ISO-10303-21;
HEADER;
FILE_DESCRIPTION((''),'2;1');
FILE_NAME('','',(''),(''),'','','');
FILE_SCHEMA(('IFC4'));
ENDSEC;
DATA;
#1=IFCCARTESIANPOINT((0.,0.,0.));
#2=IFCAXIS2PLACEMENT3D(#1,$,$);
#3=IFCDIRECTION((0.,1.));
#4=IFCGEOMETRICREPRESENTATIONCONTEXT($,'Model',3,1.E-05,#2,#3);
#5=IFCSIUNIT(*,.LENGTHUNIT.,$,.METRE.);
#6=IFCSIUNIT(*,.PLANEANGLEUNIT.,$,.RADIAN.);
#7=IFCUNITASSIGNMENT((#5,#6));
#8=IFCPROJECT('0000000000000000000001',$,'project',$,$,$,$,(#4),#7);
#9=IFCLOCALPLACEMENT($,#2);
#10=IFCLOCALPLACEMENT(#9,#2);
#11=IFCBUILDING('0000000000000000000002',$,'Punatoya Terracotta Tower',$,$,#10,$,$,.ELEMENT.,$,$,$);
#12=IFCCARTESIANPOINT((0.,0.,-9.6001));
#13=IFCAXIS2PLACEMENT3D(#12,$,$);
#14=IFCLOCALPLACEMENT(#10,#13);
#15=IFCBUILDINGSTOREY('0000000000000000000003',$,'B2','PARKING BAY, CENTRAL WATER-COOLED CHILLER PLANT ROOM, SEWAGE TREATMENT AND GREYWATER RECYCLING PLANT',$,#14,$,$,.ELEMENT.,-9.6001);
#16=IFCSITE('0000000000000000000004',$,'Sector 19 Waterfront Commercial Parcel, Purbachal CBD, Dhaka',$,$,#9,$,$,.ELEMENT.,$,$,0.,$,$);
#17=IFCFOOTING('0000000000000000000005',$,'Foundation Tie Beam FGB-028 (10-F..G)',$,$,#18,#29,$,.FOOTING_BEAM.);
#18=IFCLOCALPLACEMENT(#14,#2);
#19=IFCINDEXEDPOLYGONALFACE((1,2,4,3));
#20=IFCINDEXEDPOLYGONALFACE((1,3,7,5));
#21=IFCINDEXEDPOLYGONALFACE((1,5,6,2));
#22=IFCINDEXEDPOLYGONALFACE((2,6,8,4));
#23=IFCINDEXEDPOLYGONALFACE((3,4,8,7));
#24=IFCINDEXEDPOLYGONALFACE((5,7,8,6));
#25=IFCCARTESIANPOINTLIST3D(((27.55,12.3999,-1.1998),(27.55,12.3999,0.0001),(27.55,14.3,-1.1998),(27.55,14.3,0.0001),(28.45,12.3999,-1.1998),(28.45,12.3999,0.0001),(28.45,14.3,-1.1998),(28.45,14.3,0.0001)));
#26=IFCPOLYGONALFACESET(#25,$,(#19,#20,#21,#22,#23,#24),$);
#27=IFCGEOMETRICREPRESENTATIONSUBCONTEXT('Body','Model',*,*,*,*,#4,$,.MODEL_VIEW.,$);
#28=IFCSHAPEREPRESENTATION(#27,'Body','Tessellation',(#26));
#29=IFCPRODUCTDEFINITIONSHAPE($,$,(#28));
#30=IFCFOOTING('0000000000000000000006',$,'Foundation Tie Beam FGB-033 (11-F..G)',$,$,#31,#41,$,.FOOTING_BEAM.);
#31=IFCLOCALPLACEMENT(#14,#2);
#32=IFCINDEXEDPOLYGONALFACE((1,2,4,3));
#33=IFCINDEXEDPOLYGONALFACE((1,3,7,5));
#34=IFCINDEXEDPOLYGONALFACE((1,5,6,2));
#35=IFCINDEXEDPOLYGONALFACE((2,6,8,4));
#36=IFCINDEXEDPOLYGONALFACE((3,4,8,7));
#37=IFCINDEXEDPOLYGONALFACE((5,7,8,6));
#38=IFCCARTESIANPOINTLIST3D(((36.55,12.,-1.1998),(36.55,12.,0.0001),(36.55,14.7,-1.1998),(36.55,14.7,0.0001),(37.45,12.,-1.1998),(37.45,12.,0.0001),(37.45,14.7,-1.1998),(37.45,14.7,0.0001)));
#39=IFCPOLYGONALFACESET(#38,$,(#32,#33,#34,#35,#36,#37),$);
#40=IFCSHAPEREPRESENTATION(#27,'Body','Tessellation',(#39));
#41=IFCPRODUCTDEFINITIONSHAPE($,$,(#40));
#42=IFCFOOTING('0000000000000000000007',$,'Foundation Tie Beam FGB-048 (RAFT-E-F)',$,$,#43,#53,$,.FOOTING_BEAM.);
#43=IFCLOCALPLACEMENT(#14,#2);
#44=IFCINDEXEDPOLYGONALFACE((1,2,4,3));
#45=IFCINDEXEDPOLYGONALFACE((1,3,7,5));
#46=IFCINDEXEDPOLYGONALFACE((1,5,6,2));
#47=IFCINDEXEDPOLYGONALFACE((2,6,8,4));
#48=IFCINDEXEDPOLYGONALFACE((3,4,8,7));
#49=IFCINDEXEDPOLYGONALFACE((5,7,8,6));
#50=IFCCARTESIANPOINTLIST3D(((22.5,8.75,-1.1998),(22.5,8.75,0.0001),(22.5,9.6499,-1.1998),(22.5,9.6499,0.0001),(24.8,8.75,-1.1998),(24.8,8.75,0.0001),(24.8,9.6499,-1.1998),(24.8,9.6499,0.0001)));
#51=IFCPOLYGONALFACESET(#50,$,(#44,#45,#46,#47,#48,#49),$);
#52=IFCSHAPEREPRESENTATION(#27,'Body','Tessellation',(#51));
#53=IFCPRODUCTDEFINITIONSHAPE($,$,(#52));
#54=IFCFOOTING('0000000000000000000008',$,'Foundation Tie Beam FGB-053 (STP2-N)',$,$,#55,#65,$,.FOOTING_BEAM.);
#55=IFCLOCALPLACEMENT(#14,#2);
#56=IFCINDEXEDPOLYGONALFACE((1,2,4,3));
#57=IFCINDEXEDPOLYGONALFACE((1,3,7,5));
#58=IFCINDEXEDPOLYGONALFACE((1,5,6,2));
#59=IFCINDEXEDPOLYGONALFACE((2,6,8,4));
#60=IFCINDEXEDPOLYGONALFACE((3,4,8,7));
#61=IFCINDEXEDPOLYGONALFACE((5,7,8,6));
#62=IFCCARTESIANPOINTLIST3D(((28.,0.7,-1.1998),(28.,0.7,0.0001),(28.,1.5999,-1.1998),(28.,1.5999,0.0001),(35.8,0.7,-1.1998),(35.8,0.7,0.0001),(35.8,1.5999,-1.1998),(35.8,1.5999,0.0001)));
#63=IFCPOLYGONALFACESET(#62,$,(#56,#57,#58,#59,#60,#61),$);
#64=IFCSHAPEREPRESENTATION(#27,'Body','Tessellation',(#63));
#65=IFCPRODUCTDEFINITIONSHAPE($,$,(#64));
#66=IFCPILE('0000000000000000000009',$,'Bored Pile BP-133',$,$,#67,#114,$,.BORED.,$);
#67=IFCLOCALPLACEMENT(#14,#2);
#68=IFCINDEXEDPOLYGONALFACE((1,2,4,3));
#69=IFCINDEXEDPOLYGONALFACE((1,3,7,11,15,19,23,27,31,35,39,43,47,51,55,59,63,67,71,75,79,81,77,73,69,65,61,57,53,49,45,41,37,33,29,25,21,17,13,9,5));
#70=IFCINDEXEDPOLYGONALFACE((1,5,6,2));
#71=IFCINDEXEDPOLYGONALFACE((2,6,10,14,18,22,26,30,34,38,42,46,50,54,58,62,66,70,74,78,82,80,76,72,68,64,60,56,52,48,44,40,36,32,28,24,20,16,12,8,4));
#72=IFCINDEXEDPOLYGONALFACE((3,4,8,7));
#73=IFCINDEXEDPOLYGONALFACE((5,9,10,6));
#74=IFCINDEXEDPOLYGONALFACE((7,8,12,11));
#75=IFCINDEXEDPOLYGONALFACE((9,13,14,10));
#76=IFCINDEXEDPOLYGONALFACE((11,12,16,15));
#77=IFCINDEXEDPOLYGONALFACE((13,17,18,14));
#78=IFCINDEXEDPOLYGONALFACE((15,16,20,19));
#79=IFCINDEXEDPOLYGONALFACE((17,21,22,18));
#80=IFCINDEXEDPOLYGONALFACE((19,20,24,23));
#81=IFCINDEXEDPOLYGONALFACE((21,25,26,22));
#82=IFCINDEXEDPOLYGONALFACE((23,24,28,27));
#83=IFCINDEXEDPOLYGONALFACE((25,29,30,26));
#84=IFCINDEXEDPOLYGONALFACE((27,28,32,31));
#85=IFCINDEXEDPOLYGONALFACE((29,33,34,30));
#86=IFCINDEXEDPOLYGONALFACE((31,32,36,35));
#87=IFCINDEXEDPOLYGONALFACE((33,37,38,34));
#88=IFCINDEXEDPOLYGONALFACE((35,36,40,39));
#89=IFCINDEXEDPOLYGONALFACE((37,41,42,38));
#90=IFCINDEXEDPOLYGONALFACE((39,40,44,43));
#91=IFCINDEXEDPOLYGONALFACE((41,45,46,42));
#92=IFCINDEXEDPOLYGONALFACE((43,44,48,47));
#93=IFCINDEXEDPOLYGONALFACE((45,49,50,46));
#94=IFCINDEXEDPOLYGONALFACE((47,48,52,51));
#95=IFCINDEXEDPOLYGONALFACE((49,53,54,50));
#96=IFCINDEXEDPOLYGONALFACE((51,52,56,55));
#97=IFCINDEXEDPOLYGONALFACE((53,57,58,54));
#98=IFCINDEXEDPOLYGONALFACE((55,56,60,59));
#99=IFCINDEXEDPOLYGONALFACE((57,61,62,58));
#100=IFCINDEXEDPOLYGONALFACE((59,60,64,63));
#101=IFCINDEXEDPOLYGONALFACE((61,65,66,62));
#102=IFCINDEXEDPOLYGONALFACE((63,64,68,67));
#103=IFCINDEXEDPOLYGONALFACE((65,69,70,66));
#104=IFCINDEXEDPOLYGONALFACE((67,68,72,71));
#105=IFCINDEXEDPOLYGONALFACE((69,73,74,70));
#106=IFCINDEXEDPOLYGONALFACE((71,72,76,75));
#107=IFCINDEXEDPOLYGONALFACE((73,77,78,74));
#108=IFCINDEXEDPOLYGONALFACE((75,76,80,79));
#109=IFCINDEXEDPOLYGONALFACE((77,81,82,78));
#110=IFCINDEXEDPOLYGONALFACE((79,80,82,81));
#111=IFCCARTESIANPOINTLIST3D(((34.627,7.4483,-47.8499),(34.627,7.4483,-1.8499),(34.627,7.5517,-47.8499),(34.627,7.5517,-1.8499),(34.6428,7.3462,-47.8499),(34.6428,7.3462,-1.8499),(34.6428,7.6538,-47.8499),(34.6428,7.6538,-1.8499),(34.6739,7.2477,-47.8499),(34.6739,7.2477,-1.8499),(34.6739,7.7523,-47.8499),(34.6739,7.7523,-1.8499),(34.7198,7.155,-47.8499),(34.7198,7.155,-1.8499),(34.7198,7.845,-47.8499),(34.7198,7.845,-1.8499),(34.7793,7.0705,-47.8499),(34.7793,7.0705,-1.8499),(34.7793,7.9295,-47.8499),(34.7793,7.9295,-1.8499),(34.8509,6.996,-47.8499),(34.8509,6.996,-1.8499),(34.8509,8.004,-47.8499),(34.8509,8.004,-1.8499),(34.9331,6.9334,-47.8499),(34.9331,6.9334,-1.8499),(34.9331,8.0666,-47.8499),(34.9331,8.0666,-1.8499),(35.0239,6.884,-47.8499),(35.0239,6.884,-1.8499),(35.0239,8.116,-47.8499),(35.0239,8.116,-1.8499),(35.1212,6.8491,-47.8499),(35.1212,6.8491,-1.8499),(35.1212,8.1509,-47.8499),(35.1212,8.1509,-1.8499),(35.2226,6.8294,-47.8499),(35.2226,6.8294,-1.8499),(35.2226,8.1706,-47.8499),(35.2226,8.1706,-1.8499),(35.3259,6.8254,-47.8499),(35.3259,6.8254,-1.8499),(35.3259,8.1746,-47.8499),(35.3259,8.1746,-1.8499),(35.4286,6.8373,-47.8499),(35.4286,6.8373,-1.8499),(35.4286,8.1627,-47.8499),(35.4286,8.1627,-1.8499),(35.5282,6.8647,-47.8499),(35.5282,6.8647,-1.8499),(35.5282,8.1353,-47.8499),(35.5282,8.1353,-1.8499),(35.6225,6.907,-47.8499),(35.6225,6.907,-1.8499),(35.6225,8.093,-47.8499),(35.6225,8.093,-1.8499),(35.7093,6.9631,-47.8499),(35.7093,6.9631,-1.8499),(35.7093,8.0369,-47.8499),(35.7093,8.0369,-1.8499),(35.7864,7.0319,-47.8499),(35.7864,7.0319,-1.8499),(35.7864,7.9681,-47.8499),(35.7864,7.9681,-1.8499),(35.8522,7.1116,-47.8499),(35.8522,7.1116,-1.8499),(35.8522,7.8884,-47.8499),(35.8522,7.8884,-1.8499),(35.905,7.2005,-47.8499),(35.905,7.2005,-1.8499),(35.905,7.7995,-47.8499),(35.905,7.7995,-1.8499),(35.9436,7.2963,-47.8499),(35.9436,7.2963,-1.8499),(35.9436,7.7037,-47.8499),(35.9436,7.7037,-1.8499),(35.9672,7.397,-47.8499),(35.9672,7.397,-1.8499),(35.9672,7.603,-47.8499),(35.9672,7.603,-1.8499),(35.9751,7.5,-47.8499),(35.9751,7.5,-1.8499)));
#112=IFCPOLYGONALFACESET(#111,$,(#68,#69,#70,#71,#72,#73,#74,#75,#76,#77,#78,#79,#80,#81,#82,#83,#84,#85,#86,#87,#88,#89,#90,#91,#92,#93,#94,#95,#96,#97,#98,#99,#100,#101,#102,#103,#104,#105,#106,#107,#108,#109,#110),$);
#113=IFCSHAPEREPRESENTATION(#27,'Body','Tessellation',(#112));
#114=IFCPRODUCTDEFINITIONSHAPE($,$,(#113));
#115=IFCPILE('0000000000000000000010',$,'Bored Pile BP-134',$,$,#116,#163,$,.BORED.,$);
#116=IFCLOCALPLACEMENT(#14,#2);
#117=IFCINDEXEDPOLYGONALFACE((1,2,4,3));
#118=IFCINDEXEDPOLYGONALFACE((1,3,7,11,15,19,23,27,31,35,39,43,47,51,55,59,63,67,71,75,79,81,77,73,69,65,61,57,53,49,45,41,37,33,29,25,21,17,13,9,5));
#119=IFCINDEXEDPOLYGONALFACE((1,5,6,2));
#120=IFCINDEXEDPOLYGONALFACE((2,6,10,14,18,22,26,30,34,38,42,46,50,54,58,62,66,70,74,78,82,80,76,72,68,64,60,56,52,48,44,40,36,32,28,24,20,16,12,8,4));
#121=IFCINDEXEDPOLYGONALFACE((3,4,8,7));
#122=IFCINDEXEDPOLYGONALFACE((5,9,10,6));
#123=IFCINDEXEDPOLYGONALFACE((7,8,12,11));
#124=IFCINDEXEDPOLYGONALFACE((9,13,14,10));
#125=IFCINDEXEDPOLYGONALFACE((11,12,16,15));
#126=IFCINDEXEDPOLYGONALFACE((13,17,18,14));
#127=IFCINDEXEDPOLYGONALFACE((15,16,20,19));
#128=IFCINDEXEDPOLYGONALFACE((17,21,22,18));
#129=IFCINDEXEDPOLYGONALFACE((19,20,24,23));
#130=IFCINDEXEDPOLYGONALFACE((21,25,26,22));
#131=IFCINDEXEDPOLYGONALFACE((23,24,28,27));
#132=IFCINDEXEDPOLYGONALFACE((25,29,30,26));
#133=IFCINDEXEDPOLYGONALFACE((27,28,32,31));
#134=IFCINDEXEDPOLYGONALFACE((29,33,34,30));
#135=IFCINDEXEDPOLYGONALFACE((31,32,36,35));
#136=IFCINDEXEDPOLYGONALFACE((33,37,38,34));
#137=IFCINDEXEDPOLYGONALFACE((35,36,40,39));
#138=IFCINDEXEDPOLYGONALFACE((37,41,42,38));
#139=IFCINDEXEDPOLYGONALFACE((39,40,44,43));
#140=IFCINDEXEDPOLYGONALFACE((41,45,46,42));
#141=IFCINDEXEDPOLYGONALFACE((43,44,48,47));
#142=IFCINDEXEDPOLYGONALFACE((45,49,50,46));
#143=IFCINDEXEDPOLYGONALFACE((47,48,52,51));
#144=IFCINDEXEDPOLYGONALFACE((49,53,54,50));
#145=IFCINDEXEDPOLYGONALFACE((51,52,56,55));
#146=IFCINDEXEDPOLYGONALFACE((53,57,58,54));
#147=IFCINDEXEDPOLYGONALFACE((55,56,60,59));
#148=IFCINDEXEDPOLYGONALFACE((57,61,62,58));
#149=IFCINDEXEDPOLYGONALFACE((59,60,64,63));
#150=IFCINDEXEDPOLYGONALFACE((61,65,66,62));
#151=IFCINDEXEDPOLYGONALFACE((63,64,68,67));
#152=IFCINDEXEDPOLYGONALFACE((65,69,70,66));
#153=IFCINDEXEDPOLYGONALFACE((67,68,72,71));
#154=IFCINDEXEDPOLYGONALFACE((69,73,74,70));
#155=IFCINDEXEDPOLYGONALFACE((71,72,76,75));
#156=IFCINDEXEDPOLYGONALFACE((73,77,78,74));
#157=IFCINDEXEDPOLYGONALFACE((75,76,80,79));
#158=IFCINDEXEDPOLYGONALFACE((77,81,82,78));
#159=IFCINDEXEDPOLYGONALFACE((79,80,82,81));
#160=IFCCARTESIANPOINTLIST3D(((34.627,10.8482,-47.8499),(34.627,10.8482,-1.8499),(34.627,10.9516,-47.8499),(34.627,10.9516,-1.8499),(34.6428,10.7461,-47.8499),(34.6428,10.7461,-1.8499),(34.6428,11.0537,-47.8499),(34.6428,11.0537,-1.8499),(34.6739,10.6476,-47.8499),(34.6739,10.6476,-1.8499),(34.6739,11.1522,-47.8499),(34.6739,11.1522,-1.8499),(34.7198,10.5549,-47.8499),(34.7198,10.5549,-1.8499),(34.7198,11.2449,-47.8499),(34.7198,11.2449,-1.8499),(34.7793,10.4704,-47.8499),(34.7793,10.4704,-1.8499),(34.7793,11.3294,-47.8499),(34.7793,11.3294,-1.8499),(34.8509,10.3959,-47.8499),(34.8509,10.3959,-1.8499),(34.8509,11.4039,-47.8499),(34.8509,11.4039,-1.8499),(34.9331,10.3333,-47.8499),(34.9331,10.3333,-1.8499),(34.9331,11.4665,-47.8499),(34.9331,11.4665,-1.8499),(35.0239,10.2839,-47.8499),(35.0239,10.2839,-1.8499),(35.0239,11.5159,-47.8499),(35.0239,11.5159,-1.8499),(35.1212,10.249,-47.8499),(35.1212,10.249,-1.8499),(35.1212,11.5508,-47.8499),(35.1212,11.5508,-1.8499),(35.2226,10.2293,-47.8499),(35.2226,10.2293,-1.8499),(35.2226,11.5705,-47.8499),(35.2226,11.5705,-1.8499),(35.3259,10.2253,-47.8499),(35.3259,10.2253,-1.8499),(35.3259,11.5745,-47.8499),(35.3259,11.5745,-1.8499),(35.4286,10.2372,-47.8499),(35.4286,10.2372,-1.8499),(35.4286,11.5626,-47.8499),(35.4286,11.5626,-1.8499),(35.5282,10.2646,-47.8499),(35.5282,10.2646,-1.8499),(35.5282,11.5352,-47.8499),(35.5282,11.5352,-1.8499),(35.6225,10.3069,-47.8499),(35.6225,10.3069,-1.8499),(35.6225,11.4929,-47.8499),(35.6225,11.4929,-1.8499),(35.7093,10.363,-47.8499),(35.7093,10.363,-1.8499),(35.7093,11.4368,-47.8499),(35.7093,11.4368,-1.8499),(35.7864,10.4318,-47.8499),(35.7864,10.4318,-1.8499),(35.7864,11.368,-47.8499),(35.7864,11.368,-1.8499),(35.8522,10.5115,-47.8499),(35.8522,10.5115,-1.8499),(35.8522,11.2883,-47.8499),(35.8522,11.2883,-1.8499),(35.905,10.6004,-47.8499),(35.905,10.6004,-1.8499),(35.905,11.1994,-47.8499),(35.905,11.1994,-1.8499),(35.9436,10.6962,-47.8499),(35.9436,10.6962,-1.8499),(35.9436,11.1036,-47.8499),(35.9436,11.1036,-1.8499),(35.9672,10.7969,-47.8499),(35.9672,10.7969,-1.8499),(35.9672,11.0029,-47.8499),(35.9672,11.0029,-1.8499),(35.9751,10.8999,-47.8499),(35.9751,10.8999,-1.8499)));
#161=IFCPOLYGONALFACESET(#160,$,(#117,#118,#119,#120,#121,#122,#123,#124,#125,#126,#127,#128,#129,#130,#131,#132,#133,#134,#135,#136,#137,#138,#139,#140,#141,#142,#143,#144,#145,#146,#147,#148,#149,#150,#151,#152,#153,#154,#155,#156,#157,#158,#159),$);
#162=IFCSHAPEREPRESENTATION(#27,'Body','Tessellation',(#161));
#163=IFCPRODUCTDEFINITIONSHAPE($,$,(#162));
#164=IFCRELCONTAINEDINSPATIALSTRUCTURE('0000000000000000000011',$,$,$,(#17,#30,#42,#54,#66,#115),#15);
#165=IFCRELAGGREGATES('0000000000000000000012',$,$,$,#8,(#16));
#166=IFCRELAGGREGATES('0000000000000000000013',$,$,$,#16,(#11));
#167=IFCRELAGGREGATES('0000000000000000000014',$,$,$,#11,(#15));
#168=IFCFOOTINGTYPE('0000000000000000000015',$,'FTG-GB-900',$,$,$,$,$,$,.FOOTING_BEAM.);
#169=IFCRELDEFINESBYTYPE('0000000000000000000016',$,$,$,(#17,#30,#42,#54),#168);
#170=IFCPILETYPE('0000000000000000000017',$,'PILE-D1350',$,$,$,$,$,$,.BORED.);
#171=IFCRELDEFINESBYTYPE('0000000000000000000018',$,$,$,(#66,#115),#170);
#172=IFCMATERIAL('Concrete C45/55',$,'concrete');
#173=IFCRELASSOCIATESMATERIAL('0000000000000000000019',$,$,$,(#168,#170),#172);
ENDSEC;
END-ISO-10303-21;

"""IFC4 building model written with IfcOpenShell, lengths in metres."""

from ifc_helpers import new_model, si_unit, direction, frame, origin, origin_2d, place, context, subcontext, project, spatial, rectangle, circle, extrude, material, material_profile, profile_set, type_object, element, save


model = new_model("IFC4")

# Units and contexts
model_context = context("Model", 3, precision=1e-05, world=origin(), true_north=direction((0.0, 1.0)))
body_context = subcontext(model_context, "Body", "Model", "MODEL_VIEW")
ifc_project = project(units=[si_unit("LENGTHUNIT", "METRE"), si_unit("PLANEANGLEUNIT", "RADIAN")], contexts=[model_context])

# Site, building, storey
site_placement = place(None, origin())
site = spatial("IfcSite", under=ifc_project, at=site_placement, Name="Sector 19 Waterfront Commercial Parcel, Purbachal CBD, Dhaka", CompositionType="ELEMENT", RefElevation=0.0)
building_placement = place(site_placement, origin())
building = spatial("IfcBuilding", under=site, at=building_placement, Name="Punatoya Terracotta Tower", CompositionType="ELEMENT")
storey_placement = place(building_placement, frame((0.0, 0.0, -9.6001)))
storey = spatial("IfcBuildingStorey", under=building, at=storey_placement, Name="B2", Description="PARKING BAY, CENTRAL WATER-COOLED CHILLER PLANT ROOM, SEWAGE TREATMENT AND GREYWATER RECYCLING PLANT", CompositionType="ELEMENT", Elevation=-9.6001)

# Footings
ifc_material_1 = material(Name="Concrete C45/55", Category="concrete")
ifc_material_profile_1 = material_profile(ifc_material_1, rectangle(XDim=0.8999, YDim=1.2, at=origin_2d()))
ifc_profile_set_1 = profile_set([ifc_material_profile_1], Name="Concrete C45/55")
footing_type = type_object("IfcFootingType", Name="FTG-GB-900", PredefinedType="FOOTING_BEAM", material=ifc_profile_set_1)
footing_1_placement = place(storey_placement, frame((28.0, 12.3999, -0.5999), z_axis=(0.0, 1.0, 0.0), x_axis=(-1.0, 0.0, 0.0)))
element("IfcFooting", 1, at=footing_1_placement, inside=storey, type_object=footing_type, Name="Foundation Tie Beam FGB-028 (10-F..G)", PredefinedType="FOOTING_BEAM", context=body_context, shape_type="SweptSolid", body=[
    extrude(rectangle(XDim=0.8999, YDim=1.2, at=origin_2d()), origin(), (0.0, 0.0, 1.0), 1.9001),
])
footing_2_placement = place(storey_placement, frame((37.0, 12.0, -0.5999), z_axis=(0.0, 1.0, 0.0), x_axis=(-1.0, 0.0, 0.0)))
element("IfcFooting", 2, at=footing_2_placement, inside=storey, type_object=footing_type, Name="Foundation Tie Beam FGB-033 (11-F..G)", PredefinedType="FOOTING_BEAM", context=body_context, shape_type="SweptSolid", body=[
    extrude(rectangle(XDim=0.8999, YDim=1.2, at=origin_2d()), origin(), (0.0, 0.0, 1.0), 2.7),
])
footing_3_placement = place(storey_placement, frame((22.5, 9.2, -0.5999), z_axis=(1.0, 0.0, 0.0), x_axis=(0.0, 1.0, 0.0)))
element("IfcFooting", 3, at=footing_3_placement, inside=storey, type_object=footing_type, Name="Foundation Tie Beam FGB-048 (RAFT-E-F)", PredefinedType="FOOTING_BEAM", context=body_context, shape_type="SweptSolid", body=[
    extrude(rectangle(XDim=0.8999, YDim=1.2, at=origin_2d()), origin(), (0.0, 0.0, 1.0), 2.3),
])
footing_4_placement = place(storey_placement, frame((28.0, 1.1499, -0.5999), z_axis=(1.0, 0.0, 0.0), x_axis=(0.0, 1.0, 0.0)))
element("IfcFooting", 4, at=footing_4_placement, inside=storey, type_object=footing_type, Name="Foundation Tie Beam FGB-053 (STP2-N)", PredefinedType="FOOTING_BEAM", context=body_context, shape_type="SweptSolid", body=[
    extrude(rectangle(XDim=0.8999, YDim=1.2, at=origin_2d()), origin(), (0.0, 0.0, 1.0), 7.8),
])

# Piles
ifc_material_profile_2 = material_profile(ifc_material_1, circle(Radius=0.675, at=origin_2d()))
ifc_profile_set_2 = profile_set([ifc_material_profile_2], Name="Concrete C45/55")
pile_type_1 = type_object("IfcPileType", Name="PILE-D1350", PredefinedType="BORED", material=ifc_profile_set_2)
for number, where, z_axis, x_axis, name in (
    (5, (35.3, 7.5, -1.8499), (0.0, 0.0, -1.0), (1.0, 0.0, 0.0), "Bored Pile BP-133"),
    (6, (35.3, 10.8999, -1.8499), (0.0, 0.0, -1.0), (1.0, 0.0, 0.0), "Bored Pile BP-134"),
):
    element("IfcPile", number, at=place(storey_placement, frame(where, z_axis=z_axis, x_axis=x_axis)), inside=storey, type_object=pile_type_1, Name=name, PredefinedType="BORED", context=body_context, shape_type="SweptSolid", body=[
        extrude(circle(Radius=0.675, at=origin_2d()), origin(), (0.0, 0.0, 1.0), 46.0),
    ])

save(model, "model.ifc")
